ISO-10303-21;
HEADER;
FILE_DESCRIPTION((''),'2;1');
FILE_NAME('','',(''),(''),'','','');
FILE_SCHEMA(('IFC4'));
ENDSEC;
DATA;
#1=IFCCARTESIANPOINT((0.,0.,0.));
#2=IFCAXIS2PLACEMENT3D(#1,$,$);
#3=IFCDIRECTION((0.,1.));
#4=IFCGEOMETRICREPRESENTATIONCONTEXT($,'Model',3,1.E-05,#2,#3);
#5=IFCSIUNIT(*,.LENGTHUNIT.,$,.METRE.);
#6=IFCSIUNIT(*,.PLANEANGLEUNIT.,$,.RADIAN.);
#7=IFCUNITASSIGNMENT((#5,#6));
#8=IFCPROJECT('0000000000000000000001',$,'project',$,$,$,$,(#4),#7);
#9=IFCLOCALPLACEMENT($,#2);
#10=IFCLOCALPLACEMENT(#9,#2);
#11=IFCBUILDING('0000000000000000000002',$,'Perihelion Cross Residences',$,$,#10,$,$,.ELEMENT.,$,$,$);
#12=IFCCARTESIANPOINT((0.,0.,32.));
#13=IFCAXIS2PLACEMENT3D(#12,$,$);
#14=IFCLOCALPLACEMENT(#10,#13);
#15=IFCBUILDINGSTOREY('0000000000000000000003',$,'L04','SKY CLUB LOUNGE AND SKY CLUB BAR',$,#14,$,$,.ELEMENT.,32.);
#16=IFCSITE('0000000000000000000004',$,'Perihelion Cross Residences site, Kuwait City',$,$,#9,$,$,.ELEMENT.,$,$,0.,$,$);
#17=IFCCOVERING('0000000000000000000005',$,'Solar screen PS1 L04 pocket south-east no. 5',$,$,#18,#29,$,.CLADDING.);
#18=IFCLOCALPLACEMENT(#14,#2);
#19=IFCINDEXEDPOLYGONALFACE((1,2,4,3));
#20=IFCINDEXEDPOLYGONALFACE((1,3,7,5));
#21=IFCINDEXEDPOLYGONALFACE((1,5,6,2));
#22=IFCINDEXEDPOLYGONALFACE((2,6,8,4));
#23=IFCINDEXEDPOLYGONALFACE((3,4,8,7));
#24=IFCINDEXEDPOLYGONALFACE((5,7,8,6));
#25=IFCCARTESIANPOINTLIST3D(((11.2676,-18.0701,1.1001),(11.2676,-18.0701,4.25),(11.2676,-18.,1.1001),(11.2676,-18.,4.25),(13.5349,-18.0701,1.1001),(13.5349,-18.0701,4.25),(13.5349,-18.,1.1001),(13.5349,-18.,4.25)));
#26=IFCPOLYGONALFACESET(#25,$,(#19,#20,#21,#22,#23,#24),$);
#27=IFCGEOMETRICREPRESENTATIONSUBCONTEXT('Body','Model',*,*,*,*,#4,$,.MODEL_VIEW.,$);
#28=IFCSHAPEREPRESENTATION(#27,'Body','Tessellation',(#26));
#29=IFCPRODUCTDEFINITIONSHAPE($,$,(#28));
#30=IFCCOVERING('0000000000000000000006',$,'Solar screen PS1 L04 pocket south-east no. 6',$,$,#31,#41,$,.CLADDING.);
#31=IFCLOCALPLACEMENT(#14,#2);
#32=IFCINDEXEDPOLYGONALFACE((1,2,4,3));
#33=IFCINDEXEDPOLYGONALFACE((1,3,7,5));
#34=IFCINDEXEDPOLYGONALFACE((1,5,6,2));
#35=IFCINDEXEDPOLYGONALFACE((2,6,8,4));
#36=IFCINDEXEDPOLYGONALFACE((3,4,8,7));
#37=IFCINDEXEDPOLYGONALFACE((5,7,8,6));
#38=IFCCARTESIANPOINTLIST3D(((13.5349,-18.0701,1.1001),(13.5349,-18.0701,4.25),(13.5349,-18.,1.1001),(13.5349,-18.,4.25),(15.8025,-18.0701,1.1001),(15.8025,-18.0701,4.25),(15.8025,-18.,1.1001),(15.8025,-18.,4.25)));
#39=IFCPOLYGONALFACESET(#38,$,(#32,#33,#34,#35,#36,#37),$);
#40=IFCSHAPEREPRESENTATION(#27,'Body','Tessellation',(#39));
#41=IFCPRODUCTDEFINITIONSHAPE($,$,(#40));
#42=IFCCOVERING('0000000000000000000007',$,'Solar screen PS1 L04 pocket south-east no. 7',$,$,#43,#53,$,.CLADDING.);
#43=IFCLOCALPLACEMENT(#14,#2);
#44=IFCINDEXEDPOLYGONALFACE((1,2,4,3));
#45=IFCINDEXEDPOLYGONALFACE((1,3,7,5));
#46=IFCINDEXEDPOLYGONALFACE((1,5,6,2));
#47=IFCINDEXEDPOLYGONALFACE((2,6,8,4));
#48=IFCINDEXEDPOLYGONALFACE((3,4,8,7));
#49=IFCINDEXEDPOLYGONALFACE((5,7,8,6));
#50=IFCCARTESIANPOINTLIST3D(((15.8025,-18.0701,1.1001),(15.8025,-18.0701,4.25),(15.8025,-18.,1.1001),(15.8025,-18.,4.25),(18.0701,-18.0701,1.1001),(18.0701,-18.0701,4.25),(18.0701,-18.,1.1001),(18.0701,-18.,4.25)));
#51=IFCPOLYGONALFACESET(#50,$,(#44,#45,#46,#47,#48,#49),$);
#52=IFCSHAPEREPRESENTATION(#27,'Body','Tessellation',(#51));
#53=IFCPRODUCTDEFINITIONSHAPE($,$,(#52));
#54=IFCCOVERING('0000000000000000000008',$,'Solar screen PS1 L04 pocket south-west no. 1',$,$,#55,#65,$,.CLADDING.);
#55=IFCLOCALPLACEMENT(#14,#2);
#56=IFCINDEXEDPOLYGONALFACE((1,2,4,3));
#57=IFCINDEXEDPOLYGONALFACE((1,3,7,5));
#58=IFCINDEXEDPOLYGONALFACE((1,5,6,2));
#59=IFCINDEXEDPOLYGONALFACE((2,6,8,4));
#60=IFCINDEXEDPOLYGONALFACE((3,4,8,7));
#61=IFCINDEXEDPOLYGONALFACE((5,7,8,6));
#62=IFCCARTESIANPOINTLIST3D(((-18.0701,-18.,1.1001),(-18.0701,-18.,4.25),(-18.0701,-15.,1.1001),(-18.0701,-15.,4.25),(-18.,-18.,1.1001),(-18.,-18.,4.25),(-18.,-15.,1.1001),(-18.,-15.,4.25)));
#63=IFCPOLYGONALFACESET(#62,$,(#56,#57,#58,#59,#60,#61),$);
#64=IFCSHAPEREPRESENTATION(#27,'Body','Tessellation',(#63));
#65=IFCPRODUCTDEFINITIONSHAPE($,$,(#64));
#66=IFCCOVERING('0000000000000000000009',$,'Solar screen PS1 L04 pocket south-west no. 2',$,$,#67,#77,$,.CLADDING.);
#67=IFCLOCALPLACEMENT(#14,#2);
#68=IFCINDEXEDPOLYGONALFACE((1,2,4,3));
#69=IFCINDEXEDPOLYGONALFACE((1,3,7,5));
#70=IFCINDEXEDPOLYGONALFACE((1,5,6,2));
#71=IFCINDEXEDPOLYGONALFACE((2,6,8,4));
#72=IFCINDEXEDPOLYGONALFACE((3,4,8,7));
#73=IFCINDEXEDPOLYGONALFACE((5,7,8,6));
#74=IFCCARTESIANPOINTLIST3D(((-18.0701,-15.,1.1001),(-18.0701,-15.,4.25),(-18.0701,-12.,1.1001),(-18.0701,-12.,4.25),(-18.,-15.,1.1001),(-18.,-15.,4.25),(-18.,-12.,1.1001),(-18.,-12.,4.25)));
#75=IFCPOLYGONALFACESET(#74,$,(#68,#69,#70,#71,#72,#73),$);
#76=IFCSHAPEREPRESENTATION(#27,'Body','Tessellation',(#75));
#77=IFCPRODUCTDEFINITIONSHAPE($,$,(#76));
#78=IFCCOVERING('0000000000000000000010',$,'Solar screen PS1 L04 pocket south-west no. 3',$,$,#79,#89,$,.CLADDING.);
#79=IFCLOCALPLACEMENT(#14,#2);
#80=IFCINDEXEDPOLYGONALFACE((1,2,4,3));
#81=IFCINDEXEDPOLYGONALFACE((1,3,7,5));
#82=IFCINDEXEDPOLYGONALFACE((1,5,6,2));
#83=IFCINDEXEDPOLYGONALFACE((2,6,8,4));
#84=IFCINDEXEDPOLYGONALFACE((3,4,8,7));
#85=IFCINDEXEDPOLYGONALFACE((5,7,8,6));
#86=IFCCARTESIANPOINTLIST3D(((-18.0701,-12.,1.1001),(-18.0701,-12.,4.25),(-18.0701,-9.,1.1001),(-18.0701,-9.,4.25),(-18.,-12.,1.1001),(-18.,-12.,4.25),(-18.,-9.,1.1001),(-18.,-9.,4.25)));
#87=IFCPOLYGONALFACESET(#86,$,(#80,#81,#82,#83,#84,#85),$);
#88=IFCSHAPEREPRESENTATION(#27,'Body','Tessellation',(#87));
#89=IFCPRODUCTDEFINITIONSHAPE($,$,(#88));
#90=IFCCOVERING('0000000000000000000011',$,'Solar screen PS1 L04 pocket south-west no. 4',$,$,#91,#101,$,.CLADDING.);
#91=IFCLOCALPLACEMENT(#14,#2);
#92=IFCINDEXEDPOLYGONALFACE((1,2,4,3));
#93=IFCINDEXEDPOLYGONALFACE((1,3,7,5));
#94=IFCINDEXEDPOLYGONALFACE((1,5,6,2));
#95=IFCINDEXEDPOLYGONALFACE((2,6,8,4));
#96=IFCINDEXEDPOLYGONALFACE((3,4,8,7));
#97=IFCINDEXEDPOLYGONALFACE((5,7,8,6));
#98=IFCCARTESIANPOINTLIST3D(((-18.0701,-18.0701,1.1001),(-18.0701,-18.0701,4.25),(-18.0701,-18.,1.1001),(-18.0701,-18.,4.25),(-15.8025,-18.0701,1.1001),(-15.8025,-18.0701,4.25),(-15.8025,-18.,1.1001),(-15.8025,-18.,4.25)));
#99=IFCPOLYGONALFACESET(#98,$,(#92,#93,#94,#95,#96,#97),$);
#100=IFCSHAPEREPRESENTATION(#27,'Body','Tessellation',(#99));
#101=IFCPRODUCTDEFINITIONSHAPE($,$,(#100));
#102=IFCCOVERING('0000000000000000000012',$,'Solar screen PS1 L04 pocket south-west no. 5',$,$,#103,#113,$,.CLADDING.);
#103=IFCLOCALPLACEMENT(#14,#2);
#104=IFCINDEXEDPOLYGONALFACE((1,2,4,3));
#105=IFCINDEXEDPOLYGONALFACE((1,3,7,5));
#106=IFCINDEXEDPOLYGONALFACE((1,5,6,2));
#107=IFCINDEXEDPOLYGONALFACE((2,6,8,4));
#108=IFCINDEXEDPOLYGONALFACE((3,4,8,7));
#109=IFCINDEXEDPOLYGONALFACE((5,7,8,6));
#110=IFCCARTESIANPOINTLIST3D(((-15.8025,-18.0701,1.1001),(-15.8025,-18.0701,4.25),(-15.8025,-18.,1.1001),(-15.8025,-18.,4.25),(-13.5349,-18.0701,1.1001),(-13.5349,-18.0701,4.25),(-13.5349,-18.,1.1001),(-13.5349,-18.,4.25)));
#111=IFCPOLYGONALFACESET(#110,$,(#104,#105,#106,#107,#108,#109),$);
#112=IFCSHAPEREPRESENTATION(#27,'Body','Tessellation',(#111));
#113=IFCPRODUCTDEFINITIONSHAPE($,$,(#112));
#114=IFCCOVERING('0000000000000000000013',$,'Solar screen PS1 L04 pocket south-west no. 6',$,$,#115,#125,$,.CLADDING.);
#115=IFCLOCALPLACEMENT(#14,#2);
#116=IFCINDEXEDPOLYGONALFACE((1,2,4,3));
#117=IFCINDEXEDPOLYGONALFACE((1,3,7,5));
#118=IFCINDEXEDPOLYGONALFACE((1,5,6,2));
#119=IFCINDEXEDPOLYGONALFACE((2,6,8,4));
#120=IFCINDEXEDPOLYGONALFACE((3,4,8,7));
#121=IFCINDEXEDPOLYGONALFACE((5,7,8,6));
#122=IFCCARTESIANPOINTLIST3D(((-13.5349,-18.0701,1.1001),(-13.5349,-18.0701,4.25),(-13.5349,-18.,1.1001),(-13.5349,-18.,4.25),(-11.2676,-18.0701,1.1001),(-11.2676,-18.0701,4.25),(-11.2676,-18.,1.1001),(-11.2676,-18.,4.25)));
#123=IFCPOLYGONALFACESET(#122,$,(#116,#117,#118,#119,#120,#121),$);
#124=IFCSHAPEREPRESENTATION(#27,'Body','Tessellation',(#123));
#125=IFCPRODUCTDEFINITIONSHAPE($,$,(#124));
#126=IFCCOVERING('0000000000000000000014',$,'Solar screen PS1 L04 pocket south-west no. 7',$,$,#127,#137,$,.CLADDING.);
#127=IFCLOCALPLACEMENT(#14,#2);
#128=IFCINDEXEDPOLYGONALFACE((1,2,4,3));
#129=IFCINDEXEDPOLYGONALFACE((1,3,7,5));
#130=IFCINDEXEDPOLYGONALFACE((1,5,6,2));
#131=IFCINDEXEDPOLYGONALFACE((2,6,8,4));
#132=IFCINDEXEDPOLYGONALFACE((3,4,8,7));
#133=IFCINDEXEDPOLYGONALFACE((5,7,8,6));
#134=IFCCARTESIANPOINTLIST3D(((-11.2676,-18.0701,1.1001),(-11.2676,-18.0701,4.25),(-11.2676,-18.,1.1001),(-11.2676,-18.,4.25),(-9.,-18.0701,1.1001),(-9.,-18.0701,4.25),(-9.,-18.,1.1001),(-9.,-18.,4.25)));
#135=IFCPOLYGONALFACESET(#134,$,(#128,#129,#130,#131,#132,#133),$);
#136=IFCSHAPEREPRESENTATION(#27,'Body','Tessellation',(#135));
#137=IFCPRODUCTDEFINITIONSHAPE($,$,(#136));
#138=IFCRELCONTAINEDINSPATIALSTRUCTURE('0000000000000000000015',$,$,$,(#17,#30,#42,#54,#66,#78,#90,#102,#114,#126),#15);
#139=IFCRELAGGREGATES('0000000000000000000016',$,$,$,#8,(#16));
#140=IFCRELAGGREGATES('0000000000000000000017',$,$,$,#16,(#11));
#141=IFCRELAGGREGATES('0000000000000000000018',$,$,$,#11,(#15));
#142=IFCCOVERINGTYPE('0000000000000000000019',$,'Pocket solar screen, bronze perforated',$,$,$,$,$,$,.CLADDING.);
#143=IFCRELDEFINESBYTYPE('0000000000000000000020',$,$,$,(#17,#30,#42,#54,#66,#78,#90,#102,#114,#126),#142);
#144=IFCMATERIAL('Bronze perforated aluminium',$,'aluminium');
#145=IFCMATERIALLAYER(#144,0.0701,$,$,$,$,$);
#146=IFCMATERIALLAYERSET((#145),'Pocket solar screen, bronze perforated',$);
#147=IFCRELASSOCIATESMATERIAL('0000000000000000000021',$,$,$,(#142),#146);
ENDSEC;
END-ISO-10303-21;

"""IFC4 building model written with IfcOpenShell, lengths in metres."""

from ifc_helpers import new_model, si_unit, direction, frame, origin, place, context, subcontext, project, spatial, polyline, outline, extrude, material, layer, layer_set, type_object, element, save


model = new_model("IFC4")

# Units and contexts
model_context = context("Model", 3, precision=1e-05, world=origin(), true_north=direction((0.0, 1.0)))
body_context = subcontext(model_context, "Body", "Model", "MODEL_VIEW")
ifc_project = project(units=[si_unit("LENGTHUNIT", "METRE"), si_unit("PLANEANGLEUNIT", "RADIAN")], contexts=[model_context])

# Site, building, storey
site_placement = place(None, origin())
site = spatial("IfcSite", under=ifc_project, at=site_placement, Name="Perihelion Cross Residences site, Kuwait City", CompositionType="ELEMENT", RefElevation=0.0)
building_placement = place(site_placement, origin())
building = spatial("IfcBuilding", under=site, at=building_placement, Name="Perihelion Cross Residences", CompositionType="ELEMENT")
storey_placement = place(building_placement, frame((0.0, 0.0, 32.0)))
storey = spatial("IfcBuildingStorey", under=building, at=storey_placement, Name="L04", Description="SKY CLUB LOUNGE AND SKY CLUB BAR", CompositionType="ELEMENT", Elevation=32.0)

# Coverings
ifc_material_1 = material(Name="Bronze perforated aluminium", Category="aluminium")
ifc_layer_1 = layer(ifc_material_1, 0.0701)
ifc_layer_set_1 = layer_set([ifc_layer_1], Name="Pocket solar screen, bronze perforated")
covering_type_1 = type_object("IfcCoveringType", Name="Pocket solar screen, bronze perforated", PredefinedType="CLADDING", material=ifc_layer_set_1)
covering_1_placement = place(storey_placement, frame((0.0, 0.0, 1.1001)))
element("IfcCovering", 1, at=covering_1_placement, inside=storey, type_object=covering_type_1, Name="Solar screen PS1 L04 pocket south-east no. 5", PredefinedType="CLADDING", context=body_context, shape_type="SweptSolid", body=[
    extrude(outline(polyline([(13.5349, -18.0701), (13.5349, -18.0), (11.2676, -18.0), (11.2676, -18.0701), (13.5349, -18.0701)])), origin(), (0.0, 0.0, 1.0), 3.1499),
])
covering_2_placement = place(storey_placement, frame((0.0, 0.0, 1.1001)))
element("IfcCovering", 2, at=covering_2_placement, inside=storey, type_object=covering_type_1, Name="Solar screen PS1 L04 pocket south-east no. 6", PredefinedType="CLADDING", context=body_context, shape_type="SweptSolid", body=[
    extrude(outline(polyline([(15.8025, -18.0701), (15.8025, -18.0), (13.5349, -18.0), (13.5349, -18.0701), (15.8025, -18.0701)])), origin(), (0.0, 0.0, 1.0), 3.1499),
])
covering_3_placement = place(storey_placement, frame((0.0, 0.0, 1.1001)))
element("IfcCovering", 3, at=covering_3_placement, inside=storey, type_object=covering_type_1, Name="Solar screen PS1 L04 pocket south-east no. 7", PredefinedType="CLADDING", context=body_context, shape_type="SweptSolid", body=[
    extrude(outline(polyline([(18.0701, -18.0701), (18.0701, -18.0), (15.8025, -18.0), (15.8025, -18.0701), (18.0701, -18.0701)])), origin(), (0.0, 0.0, 1.0), 3.1499),
])
covering_4_placement = place(storey_placement, frame((0.0, 0.0, 1.1001)))
element("IfcCovering", 4, at=covering_4_placement, inside=storey, type_object=covering_type_1, Name="Solar screen PS1 L04 pocket south-west no. 1", PredefinedType="CLADDING", context=body_context, shape_type="SweptSolid", body=[
    extrude(outline(polyline([(-18.0, -18.0), (-18.0, -15.0), (-18.0701, -15.0), (-18.0701, -18.0), (-18.0, -18.0)])), origin(), (0.0, 0.0, 1.0), 3.1499),
])
covering_5_placement = place(storey_placement, frame((0.0, 0.0, 1.1001)))
element("IfcCovering", 5, at=covering_5_placement, inside=storey, type_object=covering_type_1, Name="Solar screen PS1 L04 pocket south-west no. 2", PredefinedType="CLADDING", context=body_context, shape_type="SweptSolid", body=[
    extrude(outline(polyline([(-18.0, -15.0), (-18.0, -12.0), (-18.0701, -12.0), (-18.0701, -15.0), (-18.0, -15.0)])), origin(), (0.0, 0.0, 1.0), 3.1499),
])
covering_6_placement = place(storey_placement, frame((0.0, 0.0, 1.1001)))
element("IfcCovering", 6, at=covering_6_placement, inside=storey, type_object=covering_type_1, Name="Solar screen PS1 L04 pocket south-west no. 3", PredefinedType="CLADDING", context=body_context, shape_type="SweptSolid", body=[
    extrude(outline(polyline([(-18.0, -12.0), (-18.0, -9.0), (-18.0701, -9.0), (-18.0701, -12.0), (-18.0, -12.0)])), origin(), (0.0, 0.0, 1.0), 3.1499),
])
covering_7_placement = place(storey_placement, frame((0.0, 0.0, 1.1001)))
element("IfcCovering", 7, at=covering_7_placement, inside=storey, type_object=covering_type_1, Name="Solar screen PS1 L04 pocket south-west no. 4", PredefinedType="CLADDING", context=body_context, shape_type="SweptSolid", body=[
    extrude(outline(polyline([(-15.8025, -18.0701), (-15.8025, -18.0), (-18.0701, -18.0), (-18.0701, -18.0701), (-15.8025, -18.0701)])), origin(), (0.0, 0.0, 1.0), 3.1499),
])
covering_8_placement = place(storey_placement, frame((0.0, 0.0, 1.1001)))
element("IfcCovering", 8, at=covering_8_placement, inside=storey, type_object=covering_type_1, Name="Solar screen PS1 L04 pocket south-west no. 5", PredefinedType="CLADDING", context=body_context, shape_type="SweptSolid", body=[
    extrude(outline(polyline([(-13.5349, -18.0701), (-13.5349, -18.0), (-15.8025, -18.0), (-15.8025, -18.0701), (-13.5349, -18.0701)])), origin(), (0.0, 0.0, 1.0), 3.1499),
])
covering_9_placement = place(storey_placement, frame((0.0, 0.0, 1.1001)))
element("IfcCovering", 9, at=covering_9_placement, inside=storey, type_object=covering_type_1, Name="Solar screen PS1 L04 pocket south-west no. 6", PredefinedType="CLADDING", context=body_context, shape_type="SweptSolid", body=[
    extrude(outline(polyline([(-11.2676, -18.0701), (-11.2676, -18.0), (-13.5349, -18.0), (-13.5349, -18.0701), (-11.2676, -18.0701)])), origin(), (0.0, 0.0, 1.0), 3.1499),
])
covering_10_placement = place(storey_placement, frame((0.0, 0.0, 1.1001)))
element("IfcCovering", 10, at=covering_10_placement, inside=storey, type_object=covering_type_1, Name="Solar screen PS1 L04 pocket south-west no. 7", PredefinedType="CLADDING", context=body_context, shape_type="SweptSolid", body=[
    extrude(outline(polyline([(-9.0, -18.0701), (-9.0, -18.0), (-11.2676, -18.0), (-11.2676, -18.0701), (-9.0, -18.0701)])), origin(), (0.0, 0.0, 1.0), 3.1499),
])

save(model, "model.ifc")
